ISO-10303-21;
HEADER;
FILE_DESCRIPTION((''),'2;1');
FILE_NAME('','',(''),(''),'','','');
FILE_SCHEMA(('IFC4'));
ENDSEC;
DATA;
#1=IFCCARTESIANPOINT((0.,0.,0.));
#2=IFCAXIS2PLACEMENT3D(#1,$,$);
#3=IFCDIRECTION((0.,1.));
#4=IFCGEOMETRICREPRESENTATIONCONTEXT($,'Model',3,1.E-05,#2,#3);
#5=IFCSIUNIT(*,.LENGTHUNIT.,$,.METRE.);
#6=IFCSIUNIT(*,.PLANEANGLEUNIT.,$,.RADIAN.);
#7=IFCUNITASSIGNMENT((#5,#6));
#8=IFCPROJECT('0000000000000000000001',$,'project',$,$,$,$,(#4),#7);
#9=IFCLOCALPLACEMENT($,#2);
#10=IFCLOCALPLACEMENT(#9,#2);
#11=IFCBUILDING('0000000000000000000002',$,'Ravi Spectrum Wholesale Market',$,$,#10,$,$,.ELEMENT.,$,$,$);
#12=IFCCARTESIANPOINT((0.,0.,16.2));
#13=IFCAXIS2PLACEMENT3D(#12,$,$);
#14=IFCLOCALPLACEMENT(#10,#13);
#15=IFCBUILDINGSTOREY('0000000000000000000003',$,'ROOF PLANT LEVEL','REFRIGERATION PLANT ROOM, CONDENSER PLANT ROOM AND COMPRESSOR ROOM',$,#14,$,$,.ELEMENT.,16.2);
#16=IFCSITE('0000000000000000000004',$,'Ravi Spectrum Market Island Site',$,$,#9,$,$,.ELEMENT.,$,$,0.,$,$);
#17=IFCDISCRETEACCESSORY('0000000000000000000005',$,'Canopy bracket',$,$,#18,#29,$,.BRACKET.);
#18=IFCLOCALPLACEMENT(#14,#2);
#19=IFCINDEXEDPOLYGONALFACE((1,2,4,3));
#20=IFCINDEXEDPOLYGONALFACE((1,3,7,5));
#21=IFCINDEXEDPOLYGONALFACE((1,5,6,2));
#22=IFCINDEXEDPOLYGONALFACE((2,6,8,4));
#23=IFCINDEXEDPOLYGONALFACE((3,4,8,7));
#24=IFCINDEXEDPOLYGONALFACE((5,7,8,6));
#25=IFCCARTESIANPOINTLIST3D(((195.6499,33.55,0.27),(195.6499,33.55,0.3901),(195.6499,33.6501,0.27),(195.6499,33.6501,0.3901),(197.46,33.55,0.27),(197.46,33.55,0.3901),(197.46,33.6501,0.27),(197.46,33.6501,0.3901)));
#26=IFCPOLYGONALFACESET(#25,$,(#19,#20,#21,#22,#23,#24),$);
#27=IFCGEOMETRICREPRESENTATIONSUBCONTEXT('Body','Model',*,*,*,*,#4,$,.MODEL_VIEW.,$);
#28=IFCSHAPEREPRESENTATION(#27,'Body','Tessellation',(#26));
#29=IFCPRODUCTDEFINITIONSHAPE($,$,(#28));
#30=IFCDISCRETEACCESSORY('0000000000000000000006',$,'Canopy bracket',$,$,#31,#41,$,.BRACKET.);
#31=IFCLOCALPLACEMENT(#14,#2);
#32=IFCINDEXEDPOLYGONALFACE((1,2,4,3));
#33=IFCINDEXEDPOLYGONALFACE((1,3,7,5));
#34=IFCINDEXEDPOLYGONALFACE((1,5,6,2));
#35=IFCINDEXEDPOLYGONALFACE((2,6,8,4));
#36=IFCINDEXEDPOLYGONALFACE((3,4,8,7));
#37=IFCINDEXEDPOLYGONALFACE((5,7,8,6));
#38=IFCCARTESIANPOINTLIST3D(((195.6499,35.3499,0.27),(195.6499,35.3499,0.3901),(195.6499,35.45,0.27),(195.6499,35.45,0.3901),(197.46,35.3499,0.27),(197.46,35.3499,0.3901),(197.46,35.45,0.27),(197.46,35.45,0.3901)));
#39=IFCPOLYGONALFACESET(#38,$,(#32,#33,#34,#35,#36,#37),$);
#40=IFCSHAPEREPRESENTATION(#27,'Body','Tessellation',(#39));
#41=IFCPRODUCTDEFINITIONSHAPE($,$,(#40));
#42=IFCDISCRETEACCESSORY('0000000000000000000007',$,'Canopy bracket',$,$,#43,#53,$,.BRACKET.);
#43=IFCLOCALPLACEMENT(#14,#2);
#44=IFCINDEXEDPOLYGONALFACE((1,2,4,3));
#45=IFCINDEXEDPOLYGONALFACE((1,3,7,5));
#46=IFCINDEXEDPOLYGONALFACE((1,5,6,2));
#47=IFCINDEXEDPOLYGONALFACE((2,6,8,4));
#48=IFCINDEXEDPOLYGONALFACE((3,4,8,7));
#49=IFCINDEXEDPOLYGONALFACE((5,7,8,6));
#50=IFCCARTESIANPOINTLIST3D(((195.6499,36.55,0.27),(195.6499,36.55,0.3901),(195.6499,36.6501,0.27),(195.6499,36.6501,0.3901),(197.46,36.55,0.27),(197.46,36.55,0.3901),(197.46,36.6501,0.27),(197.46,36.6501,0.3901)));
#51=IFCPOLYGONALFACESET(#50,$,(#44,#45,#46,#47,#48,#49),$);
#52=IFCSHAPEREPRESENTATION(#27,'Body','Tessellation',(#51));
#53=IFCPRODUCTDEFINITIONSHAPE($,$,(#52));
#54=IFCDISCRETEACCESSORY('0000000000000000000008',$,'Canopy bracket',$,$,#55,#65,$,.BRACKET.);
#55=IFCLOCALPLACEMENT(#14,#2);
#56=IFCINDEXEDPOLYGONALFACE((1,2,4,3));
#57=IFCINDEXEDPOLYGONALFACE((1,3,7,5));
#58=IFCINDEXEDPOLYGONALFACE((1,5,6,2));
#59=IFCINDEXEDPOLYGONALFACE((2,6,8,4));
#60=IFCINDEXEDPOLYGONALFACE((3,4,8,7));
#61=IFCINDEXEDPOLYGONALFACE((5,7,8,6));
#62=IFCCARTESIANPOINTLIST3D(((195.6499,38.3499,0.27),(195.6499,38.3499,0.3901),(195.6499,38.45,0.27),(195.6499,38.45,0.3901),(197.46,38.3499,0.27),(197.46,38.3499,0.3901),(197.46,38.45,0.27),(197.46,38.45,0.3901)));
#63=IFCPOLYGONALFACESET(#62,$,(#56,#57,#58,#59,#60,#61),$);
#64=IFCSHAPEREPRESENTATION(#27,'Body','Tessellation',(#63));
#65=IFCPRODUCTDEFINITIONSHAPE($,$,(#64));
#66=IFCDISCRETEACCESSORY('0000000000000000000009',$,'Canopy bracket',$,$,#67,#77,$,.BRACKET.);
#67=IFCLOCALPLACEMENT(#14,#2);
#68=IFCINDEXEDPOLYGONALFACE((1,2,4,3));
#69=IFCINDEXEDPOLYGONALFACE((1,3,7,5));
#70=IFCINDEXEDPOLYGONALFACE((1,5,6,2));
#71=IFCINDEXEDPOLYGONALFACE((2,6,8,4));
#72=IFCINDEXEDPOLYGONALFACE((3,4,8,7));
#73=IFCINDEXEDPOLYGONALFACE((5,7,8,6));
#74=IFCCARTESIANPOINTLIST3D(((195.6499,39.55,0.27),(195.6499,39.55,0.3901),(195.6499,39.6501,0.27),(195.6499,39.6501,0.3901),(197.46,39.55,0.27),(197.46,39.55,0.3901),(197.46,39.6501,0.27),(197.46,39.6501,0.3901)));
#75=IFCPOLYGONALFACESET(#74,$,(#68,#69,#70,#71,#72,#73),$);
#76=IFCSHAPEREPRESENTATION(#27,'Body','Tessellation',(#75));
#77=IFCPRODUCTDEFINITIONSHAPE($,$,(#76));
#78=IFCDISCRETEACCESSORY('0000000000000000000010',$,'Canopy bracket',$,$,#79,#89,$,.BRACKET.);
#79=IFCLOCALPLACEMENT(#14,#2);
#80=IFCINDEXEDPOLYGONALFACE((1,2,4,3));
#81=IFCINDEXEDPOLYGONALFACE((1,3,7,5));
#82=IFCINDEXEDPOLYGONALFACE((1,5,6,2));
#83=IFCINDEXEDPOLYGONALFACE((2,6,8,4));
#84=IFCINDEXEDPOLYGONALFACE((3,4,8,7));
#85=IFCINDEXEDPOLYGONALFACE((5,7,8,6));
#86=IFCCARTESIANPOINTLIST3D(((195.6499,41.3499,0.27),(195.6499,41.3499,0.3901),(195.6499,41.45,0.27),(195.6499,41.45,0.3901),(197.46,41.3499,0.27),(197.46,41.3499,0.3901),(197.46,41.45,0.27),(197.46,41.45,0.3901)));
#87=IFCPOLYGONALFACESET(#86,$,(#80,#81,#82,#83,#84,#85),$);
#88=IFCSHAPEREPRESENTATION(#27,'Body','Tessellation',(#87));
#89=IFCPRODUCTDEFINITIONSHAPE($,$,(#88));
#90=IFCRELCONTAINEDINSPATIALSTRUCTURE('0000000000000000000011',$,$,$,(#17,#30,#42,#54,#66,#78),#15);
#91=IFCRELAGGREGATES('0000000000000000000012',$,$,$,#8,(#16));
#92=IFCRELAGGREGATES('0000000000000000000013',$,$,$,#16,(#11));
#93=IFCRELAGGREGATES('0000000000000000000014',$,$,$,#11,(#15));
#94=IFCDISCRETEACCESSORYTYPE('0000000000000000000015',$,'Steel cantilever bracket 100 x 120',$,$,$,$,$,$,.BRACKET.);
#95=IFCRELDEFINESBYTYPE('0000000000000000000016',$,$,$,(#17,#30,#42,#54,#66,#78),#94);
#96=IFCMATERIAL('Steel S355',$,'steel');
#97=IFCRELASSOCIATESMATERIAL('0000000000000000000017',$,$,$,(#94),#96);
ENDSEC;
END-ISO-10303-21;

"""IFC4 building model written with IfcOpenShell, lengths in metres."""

from ifc_helpers import new_model, si_unit, direction, frame, origin, origin_2d, place, context, subcontext, project, spatial, rectangle, extrude, material, type_object, element, save


model = new_model("IFC4")

# Units and contexts
model_context = context("Model", 3, precision=1e-05, world=origin(), true_north=direction((0.0, 1.0)))
body_context = subcontext(model_context, "Body", "Model", "MODEL_VIEW")
ifc_project = project(units=[si_unit("LENGTHUNIT", "METRE"), si_unit("PLANEANGLEUNIT", "RADIAN")], contexts=[model_context])

# Site, building, storey
site_placement = place(None, origin())
site = spatial("IfcSite", under=ifc_project, at=site_placement, Name="Ravi Spectrum Market Island Site", CompositionType="ELEMENT", RefElevation=0.0)
building_placement = place(site_placement, origin())
building = spatial("IfcBuilding", under=site, at=building_placement, Name="Ravi Spectrum Wholesale Market", CompositionType="ELEMENT")
storey_placement = place(building_placement, frame((0.0, 0.0, 16.2)))
storey = spatial("IfcBuildingStorey", under=building, at=storey_placement, Name="ROOF PLANT LEVEL", Description="REFRIGERATION PLANT ROOM, CONDENSER PLANT ROOM AND COMPRESSOR ROOM", CompositionType="ELEMENT", Elevation=16.2)

# Discrete accessories
ifc_material_1 = material(Name="Steel S355", Category="steel")
discrete_accessory_type = type_object("IfcDiscreteAccessoryType", Name="Steel cantilever bracket 100 x 120", PredefinedType="BRACKET", material=ifc_material_1)
for number, where, z_axis, x_axis, name in (
    (1, (196.5549, 33.6001, 0.27), (0.0, 0.0, 1.0), (1.0, 0.0, 0.0), "Canopy bracket"),
    (2, (196.5549, 35.3999, 0.27), (0.0, 0.0, 1.0), (1.0, 0.0, 0.0), "Canopy bracket"),
    (3, (196.5549, 36.6001, 0.27), (0.0, 0.0, 1.0), (1.0, 0.0, 0.0), "Canopy bracket"),
    (4, (196.5549, 38.3999, 0.27), (0.0, 0.0, 1.0), (1.0, 0.0, 0.0), "Canopy bracket"),
    (5, (196.5549, 39.6001, 0.27), (0.0, 0.0, 1.0), (1.0, 0.0, 0.0), "Canopy bracket"),
    (6, (196.5549, 41.3999, 0.27), (0.0, 0.0, 1.0), (1.0, 0.0, 0.0), "Canopy bracket"),
):
    element("IfcDiscreteAccessory", number, at=place(storey_placement, frame(where, z_axis=z_axis, x_axis=x_axis)), inside=storey, type_object=discrete_accessory_type, Name=name, PredefinedType="BRACKET", context=body_context, shape_type="SweptSolid", body=[
        extrude(rectangle(XDim=1.8101, YDim=0.1001, at=origin_2d()), origin(), (0.0, 0.0, 1.0), 0.1201),
    ])

save(model, "model.ifc")
